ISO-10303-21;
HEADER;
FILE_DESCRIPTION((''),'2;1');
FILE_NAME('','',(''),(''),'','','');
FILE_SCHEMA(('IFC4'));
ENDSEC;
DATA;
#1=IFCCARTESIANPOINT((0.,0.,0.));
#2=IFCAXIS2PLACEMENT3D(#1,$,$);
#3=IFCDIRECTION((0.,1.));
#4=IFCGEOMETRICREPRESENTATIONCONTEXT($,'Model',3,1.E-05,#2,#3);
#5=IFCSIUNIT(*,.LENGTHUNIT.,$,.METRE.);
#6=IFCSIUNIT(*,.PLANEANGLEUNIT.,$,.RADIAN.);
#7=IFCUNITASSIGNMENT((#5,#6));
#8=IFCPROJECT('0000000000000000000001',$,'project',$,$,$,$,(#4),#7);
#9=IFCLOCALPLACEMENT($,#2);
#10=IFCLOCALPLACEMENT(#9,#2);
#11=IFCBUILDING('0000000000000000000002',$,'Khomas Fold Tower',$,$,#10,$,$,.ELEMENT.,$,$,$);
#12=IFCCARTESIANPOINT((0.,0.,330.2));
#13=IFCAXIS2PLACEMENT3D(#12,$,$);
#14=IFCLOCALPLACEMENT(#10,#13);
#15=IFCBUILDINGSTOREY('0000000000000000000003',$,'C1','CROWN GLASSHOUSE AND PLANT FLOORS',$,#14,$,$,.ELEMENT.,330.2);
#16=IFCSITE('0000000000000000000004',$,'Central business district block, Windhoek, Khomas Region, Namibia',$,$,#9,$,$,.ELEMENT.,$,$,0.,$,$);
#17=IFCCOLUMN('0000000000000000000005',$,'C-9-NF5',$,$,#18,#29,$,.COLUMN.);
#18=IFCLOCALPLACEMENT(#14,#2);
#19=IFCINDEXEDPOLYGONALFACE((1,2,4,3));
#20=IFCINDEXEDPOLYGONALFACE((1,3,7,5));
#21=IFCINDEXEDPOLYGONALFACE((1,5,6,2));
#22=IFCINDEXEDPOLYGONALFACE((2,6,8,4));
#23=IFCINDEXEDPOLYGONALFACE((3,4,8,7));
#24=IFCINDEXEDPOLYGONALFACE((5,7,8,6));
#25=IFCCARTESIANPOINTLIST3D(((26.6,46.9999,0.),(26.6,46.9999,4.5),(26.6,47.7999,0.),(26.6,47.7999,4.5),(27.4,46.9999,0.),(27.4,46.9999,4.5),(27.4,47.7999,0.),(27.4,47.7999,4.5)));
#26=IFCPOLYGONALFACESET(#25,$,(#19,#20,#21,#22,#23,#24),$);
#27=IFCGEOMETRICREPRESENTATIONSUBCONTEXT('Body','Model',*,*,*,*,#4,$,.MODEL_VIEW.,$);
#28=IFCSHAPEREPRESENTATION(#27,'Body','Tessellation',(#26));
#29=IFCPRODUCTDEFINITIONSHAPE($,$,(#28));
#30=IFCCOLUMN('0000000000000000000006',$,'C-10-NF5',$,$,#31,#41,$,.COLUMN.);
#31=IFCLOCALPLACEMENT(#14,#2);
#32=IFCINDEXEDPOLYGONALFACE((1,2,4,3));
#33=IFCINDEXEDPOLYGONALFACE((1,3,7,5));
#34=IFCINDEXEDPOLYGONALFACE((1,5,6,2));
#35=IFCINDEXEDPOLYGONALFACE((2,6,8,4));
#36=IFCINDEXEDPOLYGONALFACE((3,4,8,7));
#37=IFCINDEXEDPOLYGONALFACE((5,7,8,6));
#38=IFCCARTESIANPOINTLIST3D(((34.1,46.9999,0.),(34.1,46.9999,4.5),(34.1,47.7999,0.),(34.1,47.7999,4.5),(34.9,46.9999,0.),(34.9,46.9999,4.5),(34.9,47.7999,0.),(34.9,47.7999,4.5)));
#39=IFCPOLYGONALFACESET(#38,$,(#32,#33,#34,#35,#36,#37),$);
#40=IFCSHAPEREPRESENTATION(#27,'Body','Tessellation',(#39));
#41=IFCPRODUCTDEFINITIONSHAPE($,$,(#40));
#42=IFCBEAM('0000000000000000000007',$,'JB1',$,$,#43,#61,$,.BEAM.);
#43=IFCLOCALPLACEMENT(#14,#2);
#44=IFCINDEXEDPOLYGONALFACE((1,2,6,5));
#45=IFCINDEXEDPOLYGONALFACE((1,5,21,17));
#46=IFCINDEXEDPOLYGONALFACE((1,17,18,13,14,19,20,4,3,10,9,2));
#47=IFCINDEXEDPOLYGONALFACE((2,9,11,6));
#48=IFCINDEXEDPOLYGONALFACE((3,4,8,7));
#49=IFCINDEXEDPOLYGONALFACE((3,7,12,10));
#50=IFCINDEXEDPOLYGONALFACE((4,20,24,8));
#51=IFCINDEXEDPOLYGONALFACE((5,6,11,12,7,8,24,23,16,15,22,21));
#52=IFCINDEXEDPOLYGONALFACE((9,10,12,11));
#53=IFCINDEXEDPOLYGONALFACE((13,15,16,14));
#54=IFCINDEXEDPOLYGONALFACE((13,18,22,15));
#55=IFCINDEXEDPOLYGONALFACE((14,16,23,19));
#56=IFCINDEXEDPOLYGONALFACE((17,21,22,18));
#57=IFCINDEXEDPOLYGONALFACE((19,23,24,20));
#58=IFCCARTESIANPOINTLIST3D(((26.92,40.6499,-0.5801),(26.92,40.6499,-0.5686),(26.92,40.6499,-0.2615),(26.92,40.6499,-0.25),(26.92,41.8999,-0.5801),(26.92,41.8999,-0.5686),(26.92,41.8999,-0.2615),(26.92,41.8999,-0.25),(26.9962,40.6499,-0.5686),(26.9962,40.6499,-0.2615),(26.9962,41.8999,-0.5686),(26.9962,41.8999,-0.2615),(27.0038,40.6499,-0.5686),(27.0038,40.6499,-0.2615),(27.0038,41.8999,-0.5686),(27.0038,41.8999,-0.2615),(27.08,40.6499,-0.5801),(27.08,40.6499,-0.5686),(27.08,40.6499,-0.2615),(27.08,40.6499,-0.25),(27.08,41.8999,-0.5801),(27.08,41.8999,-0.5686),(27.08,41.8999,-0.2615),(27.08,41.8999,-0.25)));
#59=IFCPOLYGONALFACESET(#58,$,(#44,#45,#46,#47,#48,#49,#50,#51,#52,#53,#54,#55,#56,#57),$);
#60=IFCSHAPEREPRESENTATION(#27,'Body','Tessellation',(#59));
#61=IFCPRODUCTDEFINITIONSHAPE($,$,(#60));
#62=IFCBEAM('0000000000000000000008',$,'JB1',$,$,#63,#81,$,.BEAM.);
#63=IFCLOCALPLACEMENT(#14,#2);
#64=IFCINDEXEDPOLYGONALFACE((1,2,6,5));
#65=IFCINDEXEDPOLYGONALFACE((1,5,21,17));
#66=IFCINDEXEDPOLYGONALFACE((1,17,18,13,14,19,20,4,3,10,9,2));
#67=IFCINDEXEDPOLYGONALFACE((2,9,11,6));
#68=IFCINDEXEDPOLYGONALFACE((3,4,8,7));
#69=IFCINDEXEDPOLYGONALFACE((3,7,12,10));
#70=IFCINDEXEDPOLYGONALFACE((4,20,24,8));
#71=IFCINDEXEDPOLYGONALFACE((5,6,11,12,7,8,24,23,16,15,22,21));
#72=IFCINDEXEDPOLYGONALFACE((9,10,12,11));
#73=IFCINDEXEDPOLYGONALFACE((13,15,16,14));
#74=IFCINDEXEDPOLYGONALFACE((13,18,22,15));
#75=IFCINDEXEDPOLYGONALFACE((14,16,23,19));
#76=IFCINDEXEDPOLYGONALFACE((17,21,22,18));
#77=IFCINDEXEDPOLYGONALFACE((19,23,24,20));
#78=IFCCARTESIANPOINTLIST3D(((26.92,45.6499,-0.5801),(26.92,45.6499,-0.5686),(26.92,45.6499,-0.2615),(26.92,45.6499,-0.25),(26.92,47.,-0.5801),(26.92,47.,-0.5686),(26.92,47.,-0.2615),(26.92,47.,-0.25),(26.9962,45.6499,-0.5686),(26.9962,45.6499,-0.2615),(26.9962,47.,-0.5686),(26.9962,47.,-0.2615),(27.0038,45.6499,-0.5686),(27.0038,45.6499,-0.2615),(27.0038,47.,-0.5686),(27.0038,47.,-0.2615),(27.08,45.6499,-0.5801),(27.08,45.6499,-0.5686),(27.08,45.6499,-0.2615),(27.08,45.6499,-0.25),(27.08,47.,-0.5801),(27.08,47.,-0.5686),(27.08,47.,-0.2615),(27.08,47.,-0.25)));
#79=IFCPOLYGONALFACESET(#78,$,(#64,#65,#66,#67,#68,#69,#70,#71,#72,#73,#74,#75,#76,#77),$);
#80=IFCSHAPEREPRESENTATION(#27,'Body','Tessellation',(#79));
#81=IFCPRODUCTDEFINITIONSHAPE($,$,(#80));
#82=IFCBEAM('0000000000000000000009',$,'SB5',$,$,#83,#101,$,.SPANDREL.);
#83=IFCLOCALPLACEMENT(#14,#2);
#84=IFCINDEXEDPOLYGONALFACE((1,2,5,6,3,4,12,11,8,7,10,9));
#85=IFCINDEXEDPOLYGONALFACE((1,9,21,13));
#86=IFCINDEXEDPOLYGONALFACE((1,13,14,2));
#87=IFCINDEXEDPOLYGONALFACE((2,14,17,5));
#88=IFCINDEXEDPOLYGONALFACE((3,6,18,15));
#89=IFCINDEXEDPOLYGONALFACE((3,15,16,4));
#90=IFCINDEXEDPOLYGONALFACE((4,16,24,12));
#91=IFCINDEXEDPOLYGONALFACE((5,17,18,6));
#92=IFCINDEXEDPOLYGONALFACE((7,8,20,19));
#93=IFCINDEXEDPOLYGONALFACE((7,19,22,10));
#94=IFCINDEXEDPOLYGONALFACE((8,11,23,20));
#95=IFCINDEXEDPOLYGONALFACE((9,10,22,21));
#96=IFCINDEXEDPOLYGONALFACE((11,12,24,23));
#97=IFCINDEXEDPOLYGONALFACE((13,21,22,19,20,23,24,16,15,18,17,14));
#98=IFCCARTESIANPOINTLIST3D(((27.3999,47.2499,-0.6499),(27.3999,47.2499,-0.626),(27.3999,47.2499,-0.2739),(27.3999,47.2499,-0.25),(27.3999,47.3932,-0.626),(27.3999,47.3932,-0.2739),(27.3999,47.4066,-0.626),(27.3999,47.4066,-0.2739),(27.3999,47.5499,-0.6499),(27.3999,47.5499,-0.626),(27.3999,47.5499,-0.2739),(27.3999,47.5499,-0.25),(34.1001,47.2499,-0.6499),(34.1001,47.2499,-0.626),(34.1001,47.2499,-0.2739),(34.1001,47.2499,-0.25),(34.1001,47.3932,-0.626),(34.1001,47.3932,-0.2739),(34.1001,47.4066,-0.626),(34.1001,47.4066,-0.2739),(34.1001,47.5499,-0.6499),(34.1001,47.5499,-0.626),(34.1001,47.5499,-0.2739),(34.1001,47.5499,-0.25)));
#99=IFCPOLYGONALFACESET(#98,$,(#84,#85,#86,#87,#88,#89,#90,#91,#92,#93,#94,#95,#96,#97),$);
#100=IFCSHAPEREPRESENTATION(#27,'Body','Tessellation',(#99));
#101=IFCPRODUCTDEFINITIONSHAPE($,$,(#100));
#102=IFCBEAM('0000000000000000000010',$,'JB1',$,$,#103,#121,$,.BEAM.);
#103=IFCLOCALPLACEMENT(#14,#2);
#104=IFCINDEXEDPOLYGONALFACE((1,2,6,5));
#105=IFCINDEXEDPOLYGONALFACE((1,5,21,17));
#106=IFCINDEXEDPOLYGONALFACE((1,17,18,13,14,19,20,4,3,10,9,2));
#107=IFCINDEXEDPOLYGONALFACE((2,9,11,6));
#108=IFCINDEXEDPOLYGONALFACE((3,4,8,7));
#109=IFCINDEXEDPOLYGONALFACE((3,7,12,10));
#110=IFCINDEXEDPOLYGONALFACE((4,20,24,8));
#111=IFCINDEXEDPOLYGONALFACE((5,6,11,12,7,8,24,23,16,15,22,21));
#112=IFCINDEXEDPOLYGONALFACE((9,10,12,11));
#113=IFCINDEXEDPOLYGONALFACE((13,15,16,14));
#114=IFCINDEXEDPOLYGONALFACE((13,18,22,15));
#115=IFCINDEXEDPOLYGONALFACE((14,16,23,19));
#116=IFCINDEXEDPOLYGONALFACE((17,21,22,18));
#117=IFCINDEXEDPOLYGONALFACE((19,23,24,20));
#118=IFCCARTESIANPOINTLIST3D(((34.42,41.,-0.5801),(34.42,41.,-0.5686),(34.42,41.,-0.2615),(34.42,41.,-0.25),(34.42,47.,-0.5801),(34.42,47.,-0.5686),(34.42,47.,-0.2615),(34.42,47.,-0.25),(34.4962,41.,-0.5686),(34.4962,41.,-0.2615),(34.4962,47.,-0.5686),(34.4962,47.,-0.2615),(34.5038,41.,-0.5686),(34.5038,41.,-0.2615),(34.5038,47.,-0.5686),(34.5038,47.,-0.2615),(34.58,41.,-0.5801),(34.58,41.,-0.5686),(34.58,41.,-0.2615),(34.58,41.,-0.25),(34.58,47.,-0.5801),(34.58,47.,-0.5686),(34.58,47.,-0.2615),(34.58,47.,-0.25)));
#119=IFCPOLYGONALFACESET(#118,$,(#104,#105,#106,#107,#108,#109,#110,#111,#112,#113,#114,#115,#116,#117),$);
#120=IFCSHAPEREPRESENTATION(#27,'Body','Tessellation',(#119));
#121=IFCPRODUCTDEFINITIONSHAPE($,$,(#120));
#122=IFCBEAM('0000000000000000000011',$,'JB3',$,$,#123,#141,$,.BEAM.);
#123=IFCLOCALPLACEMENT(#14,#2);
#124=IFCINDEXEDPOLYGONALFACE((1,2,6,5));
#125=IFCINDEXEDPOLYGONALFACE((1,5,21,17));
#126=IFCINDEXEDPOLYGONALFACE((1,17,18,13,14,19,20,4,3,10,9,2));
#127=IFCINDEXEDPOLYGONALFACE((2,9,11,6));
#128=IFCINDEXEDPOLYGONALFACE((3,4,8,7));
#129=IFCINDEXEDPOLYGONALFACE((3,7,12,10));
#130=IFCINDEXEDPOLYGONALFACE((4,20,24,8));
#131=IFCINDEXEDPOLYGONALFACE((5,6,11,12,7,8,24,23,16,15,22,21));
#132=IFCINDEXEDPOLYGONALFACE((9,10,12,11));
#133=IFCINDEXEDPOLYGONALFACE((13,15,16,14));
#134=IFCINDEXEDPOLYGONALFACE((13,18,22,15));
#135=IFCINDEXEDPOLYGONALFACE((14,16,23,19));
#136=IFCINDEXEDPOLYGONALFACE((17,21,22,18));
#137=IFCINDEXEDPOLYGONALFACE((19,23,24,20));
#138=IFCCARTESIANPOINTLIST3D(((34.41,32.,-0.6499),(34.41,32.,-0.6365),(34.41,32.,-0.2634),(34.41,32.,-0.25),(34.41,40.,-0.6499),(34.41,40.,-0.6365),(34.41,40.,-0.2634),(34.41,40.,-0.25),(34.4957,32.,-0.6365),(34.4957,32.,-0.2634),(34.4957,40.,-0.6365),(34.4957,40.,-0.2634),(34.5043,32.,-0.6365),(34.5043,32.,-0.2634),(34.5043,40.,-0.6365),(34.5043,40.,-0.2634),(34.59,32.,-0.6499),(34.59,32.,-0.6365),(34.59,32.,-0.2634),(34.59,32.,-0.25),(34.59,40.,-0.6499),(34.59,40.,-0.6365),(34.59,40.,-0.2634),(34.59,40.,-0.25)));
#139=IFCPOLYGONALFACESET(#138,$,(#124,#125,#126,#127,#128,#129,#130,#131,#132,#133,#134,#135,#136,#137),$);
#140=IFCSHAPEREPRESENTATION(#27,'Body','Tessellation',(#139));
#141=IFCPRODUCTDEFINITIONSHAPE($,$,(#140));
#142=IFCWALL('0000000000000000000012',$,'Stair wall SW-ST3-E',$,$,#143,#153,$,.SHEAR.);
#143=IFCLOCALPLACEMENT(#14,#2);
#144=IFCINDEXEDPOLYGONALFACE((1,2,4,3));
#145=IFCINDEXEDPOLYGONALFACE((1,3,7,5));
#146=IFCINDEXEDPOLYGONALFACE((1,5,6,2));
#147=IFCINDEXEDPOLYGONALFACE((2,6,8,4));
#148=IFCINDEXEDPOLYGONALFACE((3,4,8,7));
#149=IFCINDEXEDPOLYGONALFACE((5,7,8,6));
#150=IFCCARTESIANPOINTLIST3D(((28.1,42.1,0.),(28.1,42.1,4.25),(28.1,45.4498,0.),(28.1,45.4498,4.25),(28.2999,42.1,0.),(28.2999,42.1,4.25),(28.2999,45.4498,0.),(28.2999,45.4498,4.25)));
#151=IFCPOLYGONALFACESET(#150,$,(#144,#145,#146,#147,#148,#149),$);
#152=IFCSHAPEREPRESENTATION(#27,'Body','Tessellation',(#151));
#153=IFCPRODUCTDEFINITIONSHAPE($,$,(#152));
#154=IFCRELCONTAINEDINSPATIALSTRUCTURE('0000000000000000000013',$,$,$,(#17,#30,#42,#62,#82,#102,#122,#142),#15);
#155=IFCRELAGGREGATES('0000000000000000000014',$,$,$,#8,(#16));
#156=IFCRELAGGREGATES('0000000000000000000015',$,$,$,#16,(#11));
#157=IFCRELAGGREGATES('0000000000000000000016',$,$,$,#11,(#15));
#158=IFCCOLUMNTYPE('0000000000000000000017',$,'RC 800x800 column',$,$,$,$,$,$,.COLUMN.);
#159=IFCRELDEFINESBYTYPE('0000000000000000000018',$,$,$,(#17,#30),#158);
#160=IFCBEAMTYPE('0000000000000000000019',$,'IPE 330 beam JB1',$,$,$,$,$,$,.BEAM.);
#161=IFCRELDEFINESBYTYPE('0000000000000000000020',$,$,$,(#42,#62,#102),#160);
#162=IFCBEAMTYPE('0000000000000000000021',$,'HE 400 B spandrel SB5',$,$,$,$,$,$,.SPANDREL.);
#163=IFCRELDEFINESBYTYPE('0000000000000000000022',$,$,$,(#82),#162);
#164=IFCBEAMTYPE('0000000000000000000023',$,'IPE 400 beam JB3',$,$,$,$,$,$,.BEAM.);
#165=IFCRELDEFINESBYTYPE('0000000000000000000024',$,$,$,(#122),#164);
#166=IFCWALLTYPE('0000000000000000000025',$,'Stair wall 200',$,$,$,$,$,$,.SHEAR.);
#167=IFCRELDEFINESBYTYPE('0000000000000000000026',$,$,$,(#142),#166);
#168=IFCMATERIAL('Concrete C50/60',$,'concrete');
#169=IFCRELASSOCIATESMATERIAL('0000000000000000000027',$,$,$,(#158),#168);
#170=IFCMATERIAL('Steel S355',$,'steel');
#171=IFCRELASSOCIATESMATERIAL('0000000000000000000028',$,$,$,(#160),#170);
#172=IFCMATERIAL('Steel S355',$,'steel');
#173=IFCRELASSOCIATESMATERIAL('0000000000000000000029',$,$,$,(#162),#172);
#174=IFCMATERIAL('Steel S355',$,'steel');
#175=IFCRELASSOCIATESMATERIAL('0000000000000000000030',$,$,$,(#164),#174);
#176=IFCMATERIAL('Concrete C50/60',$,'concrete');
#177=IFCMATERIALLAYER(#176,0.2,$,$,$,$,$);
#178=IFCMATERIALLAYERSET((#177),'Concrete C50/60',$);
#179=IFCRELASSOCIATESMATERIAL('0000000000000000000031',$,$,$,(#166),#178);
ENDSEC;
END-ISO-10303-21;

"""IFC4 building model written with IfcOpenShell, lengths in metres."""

from ifc_helpers import new_model, si_unit, direction, frame, frame_2d, origin, origin_2d, place, context, subcontext, project, spatial, rectangle, i_section, extrude, source, transform, mapped, material, layer, layer_set, material_profile, profile_set, type_object, element, save


model = new_model("IFC4")

# Units and contexts
model_context = context("Model", 3, precision=1e-05, world=origin(), true_north=direction((0.0, 1.0)))
body_context = subcontext(model_context, "Body", "Model", "MODEL_VIEW")
ifc_project = project(units=[si_unit("LENGTHUNIT", "METRE"), si_unit("PLANEANGLEUNIT", "RADIAN")], contexts=[model_context])

# Site, building, storey
site_placement = place(None, origin())
site = spatial("IfcSite", under=ifc_project, at=site_placement, Name="Central business district block, Windhoek, Khomas Region, Namibia", CompositionType="ELEMENT", RefElevation=0.0)
building_placement = place(site_placement, origin())
building = spatial("IfcBuilding", under=site, at=building_placement, Name="Khomas Fold Tower", CompositionType="ELEMENT")
storey_placement = place(building_placement, frame((0.0, 0.0, 330.2)))
storey = spatial("IfcBuildingStorey", under=building, at=storey_placement, Name="C1", Description="CROWN GLASSHOUSE AND PLANT FLOORS", CompositionType="ELEMENT", Elevation=330.2)

# Columns
ifc_material_1 = material(Name="Concrete C50/60", Category="concrete")
ifc_material_profile_1 = material_profile(ifc_material_1, rectangle(XDim=0.8, YDim=0.8, at=origin_2d()), Name="RC 800x800")
ifc_profile_set_1 = profile_set([ifc_material_profile_1], Name="Concrete C50/60")
column_type = type_object("IfcColumnType", Name="RC 800x800 column", PredefinedType="COLUMN", material=ifc_profile_set_1)
shared_shape_1 = source(origin(), body_context, "Body", "SweptSolid", [
    extrude(rectangle(XDim=0.8, YDim=0.8, at=origin_2d()), origin(), (0.0, 0.0, 1.0), 4.5),
])
for number, where, z_axis, x_axis, name in (
    (1, (27.0, 47.3999, 0.0), (0.0, 0.0, 1.0), (1.0, 0.0, 0.0), "C-9-NF5"),
    (2, (34.5, 47.3999, 0.0), (0.0, 0.0, 1.0), (1.0, 0.0, 0.0), "C-10-NF5"),
):
    element("IfcColumn", number, at=place(storey_placement, frame(where, z_axis=z_axis, x_axis=x_axis)), inside=storey, type_object=column_type, Name=name, PredefinedType="COLUMN", context=body_context, shape_type="MappedRepresentation", body=[
        mapped(shared_shape_1, transform((0.0, 0.0, 0.0))),
    ])

# Beams
ifc_material_2 = material(Name="Steel S355", Category="steel")
ifc_material_profile_2 = material_profile(ifc_material_2, i_section(OverallWidth=0.1599, OverallDepth=0.3301, WebThickness=0.0076, FlangeThickness=0.0115, at=origin_2d()), Name="IPE 330")
ifc_profile_set_2 = profile_set([ifc_material_profile_2], Name="Steel S355")
beam_type_1 = type_object("IfcBeamType", Name="IPE 330 beam JB1", PredefinedType="BEAM", material=ifc_profile_set_2)
shared_shape_2 = source(origin(), body_context, "Body", "SweptSolid", [
    extrude(i_section(OverallWidth=0.1599, OverallDepth=0.3301, WebThickness=0.0076, FlangeThickness=0.0115, at=origin_2d()), origin(), (0.0, 0.0, 1.0), 1.25),
])
beam_1_placement = place(storey_placement, frame((27.0, 40.6499, -0.415), z_axis=(0.0, 1.0, 0.0), x_axis=(-1.0, 0.0, 0.0)))
element("IfcBeam", 3, at=beam_1_placement, inside=storey, type_object=beam_type_1, Name="JB1", PredefinedType="BEAM", context=body_context, shape_type="MappedRepresentation", body=[
    mapped(shared_shape_2, transform((0.0, 0.0, 0.0))),
])
shared_shape_3 = source(origin(), body_context, "Body", "SweptSolid", [
    extrude(i_section(OverallWidth=0.1599, OverallDepth=0.3301, WebThickness=0.0076, FlangeThickness=0.0115, at=origin_2d()), origin(), (0.0, 0.0, 1.0), 1.3501),
])
beam_2_placement = place(storey_placement, frame((27.0, 45.6499, -0.415), z_axis=(0.0, 1.0, 0.0), x_axis=(-1.0, 0.0, 0.0)))
element("IfcBeam", 4, at=beam_2_placement, inside=storey, type_object=beam_type_1, Name="JB1", PredefinedType="BEAM", context=body_context, shape_type="MappedRepresentation", body=[
    mapped(shared_shape_3, transform((0.0, 0.0, 0.0))),
])
ifc_material_3 = material(Name="Steel S355", Category="steel")
ifc_material_profile_3 = material_profile(ifc_material_3, i_section(OverallWidth=0.3, OverallDepth=0.3999, WebThickness=0.0134, FlangeThickness=0.0239, at=origin_2d()), Name="HE 400 B")
ifc_profile_set_3 = profile_set([ifc_material_profile_3], Name="Steel S355")
beam_type_2 = type_object("IfcBeamType", Name="HE 400 B spandrel SB5", PredefinedType="SPANDREL", material=ifc_profile_set_3)
shared_shape_4 = source(origin(), body_context, "Body", "SweptSolid", [
    extrude(i_section(OverallWidth=0.3, OverallDepth=0.3999, WebThickness=0.0134, FlangeThickness=0.0239, at=origin_2d()), origin(), (0.0, 0.0, 1.0), 6.7002),
])
beam_3_placement = place(storey_placement, frame((27.3999, 47.3999, -0.45), z_axis=(1.0, 0.0, 0.0), x_axis=(0.0, 1.0, 0.0)))
element("IfcBeam", 5, at=beam_3_placement, inside=storey, type_object=beam_type_2, Name="SB5", PredefinedType="SPANDREL", context=body_context, shape_type="MappedRepresentation", body=[
    mapped(shared_shape_4, transform((0.0, 0.0, 0.0))),
])
shared_shape_5 = source(origin(), body_context, "Body", "SweptSolid", [
    extrude(i_section(OverallWidth=0.1599, OverallDepth=0.3301, WebThickness=0.0076, FlangeThickness=0.0115, at=origin_2d()), origin(), (0.0, 0.0, 1.0), 6.0),
])
beam_4_placement = place(storey_placement, frame((34.5, 41.0, -0.415), z_axis=(0.0, 1.0, 0.0), x_axis=(-1.0, 0.0, 0.0)))
element("IfcBeam", 6, at=beam_4_placement, inside=storey, type_object=beam_type_1, Name="JB1", PredefinedType="BEAM", context=body_context, shape_type="MappedRepresentation", body=[
    mapped(shared_shape_5, transform((0.0, 0.0, 0.0))),
])
ifc_material_4 = material(Name="Steel S355", Category="steel")
ifc_material_profile_4 = material_profile(ifc_material_4, i_section(OverallWidth=0.1799, OverallDepth=0.3999, WebThickness=0.0085, FlangeThickness=0.0134, at=origin_2d()), Name="IPE 400")
ifc_profile_set_4 = profile_set([ifc_material_profile_4], Name="Steel S355")
beam_type_3 = type_object("IfcBeamType", Name="IPE 400 beam JB3", PredefinedType="BEAM", material=ifc_profile_set_4)
shared_shape_6 = source(origin(), body_context, "Body", "SweptSolid", [
    extrude(i_section(OverallWidth=0.1799, OverallDepth=0.3999, WebThickness=0.0085, FlangeThickness=0.0134, at=origin_2d()), origin(), (0.0, 0.0, 1.0), 8.0),
])
beam_5_placement = place(storey_placement, frame((34.5, 32.0, -0.45), z_axis=(0.0, 1.0, 0.0), x_axis=(-1.0, 0.0, 0.0)))
element("IfcBeam", 7, at=beam_5_placement, inside=storey, type_object=beam_type_3, Name="JB3", PredefinedType="BEAM", context=body_context, shape_type="MappedRepresentation", body=[
    mapped(shared_shape_6, transform((0.0, 0.0, 0.0))),
])

# Wall
ifc_material_5 = material(Name="Concrete C50/60", Category="concrete")
ifc_layer_1 = layer(ifc_material_5, 0.2)
ifc_layer_set_1 = layer_set([ifc_layer_1], Name="Concrete C50/60")
wall_type_1 = type_object("IfcWallType", Name="Stair wall 200", PredefinedType="SHEAR", material=ifc_layer_set_1)
shared_shape_7 = source(origin(), body_context, "Body", "SweptSolid", [
    extrude(rectangle(XDim=3.3499, YDim=0.2, at=frame_2d((1.6748, 0.0))), origin(), (0.0, 0.0, 1.0), 4.25),
])
wall_1_placement = place(storey_placement, frame((28.2, 42.1001, 0.0), z_axis=(0.0, 0.0, 1.0), x_axis=(0.0, 1.0, 0.0)))
element("IfcWall", 8, at=wall_1_placement, inside=storey, type_object=wall_type_1, Name="Stair wall SW-ST3-E", PredefinedType="SHEAR", context=body_context, shape_type="MappedRepresentation", body=[
    mapped(shared_shape_7, transform((0.0, 0.0, 0.0))),
])

save(model, "model.ifc")
